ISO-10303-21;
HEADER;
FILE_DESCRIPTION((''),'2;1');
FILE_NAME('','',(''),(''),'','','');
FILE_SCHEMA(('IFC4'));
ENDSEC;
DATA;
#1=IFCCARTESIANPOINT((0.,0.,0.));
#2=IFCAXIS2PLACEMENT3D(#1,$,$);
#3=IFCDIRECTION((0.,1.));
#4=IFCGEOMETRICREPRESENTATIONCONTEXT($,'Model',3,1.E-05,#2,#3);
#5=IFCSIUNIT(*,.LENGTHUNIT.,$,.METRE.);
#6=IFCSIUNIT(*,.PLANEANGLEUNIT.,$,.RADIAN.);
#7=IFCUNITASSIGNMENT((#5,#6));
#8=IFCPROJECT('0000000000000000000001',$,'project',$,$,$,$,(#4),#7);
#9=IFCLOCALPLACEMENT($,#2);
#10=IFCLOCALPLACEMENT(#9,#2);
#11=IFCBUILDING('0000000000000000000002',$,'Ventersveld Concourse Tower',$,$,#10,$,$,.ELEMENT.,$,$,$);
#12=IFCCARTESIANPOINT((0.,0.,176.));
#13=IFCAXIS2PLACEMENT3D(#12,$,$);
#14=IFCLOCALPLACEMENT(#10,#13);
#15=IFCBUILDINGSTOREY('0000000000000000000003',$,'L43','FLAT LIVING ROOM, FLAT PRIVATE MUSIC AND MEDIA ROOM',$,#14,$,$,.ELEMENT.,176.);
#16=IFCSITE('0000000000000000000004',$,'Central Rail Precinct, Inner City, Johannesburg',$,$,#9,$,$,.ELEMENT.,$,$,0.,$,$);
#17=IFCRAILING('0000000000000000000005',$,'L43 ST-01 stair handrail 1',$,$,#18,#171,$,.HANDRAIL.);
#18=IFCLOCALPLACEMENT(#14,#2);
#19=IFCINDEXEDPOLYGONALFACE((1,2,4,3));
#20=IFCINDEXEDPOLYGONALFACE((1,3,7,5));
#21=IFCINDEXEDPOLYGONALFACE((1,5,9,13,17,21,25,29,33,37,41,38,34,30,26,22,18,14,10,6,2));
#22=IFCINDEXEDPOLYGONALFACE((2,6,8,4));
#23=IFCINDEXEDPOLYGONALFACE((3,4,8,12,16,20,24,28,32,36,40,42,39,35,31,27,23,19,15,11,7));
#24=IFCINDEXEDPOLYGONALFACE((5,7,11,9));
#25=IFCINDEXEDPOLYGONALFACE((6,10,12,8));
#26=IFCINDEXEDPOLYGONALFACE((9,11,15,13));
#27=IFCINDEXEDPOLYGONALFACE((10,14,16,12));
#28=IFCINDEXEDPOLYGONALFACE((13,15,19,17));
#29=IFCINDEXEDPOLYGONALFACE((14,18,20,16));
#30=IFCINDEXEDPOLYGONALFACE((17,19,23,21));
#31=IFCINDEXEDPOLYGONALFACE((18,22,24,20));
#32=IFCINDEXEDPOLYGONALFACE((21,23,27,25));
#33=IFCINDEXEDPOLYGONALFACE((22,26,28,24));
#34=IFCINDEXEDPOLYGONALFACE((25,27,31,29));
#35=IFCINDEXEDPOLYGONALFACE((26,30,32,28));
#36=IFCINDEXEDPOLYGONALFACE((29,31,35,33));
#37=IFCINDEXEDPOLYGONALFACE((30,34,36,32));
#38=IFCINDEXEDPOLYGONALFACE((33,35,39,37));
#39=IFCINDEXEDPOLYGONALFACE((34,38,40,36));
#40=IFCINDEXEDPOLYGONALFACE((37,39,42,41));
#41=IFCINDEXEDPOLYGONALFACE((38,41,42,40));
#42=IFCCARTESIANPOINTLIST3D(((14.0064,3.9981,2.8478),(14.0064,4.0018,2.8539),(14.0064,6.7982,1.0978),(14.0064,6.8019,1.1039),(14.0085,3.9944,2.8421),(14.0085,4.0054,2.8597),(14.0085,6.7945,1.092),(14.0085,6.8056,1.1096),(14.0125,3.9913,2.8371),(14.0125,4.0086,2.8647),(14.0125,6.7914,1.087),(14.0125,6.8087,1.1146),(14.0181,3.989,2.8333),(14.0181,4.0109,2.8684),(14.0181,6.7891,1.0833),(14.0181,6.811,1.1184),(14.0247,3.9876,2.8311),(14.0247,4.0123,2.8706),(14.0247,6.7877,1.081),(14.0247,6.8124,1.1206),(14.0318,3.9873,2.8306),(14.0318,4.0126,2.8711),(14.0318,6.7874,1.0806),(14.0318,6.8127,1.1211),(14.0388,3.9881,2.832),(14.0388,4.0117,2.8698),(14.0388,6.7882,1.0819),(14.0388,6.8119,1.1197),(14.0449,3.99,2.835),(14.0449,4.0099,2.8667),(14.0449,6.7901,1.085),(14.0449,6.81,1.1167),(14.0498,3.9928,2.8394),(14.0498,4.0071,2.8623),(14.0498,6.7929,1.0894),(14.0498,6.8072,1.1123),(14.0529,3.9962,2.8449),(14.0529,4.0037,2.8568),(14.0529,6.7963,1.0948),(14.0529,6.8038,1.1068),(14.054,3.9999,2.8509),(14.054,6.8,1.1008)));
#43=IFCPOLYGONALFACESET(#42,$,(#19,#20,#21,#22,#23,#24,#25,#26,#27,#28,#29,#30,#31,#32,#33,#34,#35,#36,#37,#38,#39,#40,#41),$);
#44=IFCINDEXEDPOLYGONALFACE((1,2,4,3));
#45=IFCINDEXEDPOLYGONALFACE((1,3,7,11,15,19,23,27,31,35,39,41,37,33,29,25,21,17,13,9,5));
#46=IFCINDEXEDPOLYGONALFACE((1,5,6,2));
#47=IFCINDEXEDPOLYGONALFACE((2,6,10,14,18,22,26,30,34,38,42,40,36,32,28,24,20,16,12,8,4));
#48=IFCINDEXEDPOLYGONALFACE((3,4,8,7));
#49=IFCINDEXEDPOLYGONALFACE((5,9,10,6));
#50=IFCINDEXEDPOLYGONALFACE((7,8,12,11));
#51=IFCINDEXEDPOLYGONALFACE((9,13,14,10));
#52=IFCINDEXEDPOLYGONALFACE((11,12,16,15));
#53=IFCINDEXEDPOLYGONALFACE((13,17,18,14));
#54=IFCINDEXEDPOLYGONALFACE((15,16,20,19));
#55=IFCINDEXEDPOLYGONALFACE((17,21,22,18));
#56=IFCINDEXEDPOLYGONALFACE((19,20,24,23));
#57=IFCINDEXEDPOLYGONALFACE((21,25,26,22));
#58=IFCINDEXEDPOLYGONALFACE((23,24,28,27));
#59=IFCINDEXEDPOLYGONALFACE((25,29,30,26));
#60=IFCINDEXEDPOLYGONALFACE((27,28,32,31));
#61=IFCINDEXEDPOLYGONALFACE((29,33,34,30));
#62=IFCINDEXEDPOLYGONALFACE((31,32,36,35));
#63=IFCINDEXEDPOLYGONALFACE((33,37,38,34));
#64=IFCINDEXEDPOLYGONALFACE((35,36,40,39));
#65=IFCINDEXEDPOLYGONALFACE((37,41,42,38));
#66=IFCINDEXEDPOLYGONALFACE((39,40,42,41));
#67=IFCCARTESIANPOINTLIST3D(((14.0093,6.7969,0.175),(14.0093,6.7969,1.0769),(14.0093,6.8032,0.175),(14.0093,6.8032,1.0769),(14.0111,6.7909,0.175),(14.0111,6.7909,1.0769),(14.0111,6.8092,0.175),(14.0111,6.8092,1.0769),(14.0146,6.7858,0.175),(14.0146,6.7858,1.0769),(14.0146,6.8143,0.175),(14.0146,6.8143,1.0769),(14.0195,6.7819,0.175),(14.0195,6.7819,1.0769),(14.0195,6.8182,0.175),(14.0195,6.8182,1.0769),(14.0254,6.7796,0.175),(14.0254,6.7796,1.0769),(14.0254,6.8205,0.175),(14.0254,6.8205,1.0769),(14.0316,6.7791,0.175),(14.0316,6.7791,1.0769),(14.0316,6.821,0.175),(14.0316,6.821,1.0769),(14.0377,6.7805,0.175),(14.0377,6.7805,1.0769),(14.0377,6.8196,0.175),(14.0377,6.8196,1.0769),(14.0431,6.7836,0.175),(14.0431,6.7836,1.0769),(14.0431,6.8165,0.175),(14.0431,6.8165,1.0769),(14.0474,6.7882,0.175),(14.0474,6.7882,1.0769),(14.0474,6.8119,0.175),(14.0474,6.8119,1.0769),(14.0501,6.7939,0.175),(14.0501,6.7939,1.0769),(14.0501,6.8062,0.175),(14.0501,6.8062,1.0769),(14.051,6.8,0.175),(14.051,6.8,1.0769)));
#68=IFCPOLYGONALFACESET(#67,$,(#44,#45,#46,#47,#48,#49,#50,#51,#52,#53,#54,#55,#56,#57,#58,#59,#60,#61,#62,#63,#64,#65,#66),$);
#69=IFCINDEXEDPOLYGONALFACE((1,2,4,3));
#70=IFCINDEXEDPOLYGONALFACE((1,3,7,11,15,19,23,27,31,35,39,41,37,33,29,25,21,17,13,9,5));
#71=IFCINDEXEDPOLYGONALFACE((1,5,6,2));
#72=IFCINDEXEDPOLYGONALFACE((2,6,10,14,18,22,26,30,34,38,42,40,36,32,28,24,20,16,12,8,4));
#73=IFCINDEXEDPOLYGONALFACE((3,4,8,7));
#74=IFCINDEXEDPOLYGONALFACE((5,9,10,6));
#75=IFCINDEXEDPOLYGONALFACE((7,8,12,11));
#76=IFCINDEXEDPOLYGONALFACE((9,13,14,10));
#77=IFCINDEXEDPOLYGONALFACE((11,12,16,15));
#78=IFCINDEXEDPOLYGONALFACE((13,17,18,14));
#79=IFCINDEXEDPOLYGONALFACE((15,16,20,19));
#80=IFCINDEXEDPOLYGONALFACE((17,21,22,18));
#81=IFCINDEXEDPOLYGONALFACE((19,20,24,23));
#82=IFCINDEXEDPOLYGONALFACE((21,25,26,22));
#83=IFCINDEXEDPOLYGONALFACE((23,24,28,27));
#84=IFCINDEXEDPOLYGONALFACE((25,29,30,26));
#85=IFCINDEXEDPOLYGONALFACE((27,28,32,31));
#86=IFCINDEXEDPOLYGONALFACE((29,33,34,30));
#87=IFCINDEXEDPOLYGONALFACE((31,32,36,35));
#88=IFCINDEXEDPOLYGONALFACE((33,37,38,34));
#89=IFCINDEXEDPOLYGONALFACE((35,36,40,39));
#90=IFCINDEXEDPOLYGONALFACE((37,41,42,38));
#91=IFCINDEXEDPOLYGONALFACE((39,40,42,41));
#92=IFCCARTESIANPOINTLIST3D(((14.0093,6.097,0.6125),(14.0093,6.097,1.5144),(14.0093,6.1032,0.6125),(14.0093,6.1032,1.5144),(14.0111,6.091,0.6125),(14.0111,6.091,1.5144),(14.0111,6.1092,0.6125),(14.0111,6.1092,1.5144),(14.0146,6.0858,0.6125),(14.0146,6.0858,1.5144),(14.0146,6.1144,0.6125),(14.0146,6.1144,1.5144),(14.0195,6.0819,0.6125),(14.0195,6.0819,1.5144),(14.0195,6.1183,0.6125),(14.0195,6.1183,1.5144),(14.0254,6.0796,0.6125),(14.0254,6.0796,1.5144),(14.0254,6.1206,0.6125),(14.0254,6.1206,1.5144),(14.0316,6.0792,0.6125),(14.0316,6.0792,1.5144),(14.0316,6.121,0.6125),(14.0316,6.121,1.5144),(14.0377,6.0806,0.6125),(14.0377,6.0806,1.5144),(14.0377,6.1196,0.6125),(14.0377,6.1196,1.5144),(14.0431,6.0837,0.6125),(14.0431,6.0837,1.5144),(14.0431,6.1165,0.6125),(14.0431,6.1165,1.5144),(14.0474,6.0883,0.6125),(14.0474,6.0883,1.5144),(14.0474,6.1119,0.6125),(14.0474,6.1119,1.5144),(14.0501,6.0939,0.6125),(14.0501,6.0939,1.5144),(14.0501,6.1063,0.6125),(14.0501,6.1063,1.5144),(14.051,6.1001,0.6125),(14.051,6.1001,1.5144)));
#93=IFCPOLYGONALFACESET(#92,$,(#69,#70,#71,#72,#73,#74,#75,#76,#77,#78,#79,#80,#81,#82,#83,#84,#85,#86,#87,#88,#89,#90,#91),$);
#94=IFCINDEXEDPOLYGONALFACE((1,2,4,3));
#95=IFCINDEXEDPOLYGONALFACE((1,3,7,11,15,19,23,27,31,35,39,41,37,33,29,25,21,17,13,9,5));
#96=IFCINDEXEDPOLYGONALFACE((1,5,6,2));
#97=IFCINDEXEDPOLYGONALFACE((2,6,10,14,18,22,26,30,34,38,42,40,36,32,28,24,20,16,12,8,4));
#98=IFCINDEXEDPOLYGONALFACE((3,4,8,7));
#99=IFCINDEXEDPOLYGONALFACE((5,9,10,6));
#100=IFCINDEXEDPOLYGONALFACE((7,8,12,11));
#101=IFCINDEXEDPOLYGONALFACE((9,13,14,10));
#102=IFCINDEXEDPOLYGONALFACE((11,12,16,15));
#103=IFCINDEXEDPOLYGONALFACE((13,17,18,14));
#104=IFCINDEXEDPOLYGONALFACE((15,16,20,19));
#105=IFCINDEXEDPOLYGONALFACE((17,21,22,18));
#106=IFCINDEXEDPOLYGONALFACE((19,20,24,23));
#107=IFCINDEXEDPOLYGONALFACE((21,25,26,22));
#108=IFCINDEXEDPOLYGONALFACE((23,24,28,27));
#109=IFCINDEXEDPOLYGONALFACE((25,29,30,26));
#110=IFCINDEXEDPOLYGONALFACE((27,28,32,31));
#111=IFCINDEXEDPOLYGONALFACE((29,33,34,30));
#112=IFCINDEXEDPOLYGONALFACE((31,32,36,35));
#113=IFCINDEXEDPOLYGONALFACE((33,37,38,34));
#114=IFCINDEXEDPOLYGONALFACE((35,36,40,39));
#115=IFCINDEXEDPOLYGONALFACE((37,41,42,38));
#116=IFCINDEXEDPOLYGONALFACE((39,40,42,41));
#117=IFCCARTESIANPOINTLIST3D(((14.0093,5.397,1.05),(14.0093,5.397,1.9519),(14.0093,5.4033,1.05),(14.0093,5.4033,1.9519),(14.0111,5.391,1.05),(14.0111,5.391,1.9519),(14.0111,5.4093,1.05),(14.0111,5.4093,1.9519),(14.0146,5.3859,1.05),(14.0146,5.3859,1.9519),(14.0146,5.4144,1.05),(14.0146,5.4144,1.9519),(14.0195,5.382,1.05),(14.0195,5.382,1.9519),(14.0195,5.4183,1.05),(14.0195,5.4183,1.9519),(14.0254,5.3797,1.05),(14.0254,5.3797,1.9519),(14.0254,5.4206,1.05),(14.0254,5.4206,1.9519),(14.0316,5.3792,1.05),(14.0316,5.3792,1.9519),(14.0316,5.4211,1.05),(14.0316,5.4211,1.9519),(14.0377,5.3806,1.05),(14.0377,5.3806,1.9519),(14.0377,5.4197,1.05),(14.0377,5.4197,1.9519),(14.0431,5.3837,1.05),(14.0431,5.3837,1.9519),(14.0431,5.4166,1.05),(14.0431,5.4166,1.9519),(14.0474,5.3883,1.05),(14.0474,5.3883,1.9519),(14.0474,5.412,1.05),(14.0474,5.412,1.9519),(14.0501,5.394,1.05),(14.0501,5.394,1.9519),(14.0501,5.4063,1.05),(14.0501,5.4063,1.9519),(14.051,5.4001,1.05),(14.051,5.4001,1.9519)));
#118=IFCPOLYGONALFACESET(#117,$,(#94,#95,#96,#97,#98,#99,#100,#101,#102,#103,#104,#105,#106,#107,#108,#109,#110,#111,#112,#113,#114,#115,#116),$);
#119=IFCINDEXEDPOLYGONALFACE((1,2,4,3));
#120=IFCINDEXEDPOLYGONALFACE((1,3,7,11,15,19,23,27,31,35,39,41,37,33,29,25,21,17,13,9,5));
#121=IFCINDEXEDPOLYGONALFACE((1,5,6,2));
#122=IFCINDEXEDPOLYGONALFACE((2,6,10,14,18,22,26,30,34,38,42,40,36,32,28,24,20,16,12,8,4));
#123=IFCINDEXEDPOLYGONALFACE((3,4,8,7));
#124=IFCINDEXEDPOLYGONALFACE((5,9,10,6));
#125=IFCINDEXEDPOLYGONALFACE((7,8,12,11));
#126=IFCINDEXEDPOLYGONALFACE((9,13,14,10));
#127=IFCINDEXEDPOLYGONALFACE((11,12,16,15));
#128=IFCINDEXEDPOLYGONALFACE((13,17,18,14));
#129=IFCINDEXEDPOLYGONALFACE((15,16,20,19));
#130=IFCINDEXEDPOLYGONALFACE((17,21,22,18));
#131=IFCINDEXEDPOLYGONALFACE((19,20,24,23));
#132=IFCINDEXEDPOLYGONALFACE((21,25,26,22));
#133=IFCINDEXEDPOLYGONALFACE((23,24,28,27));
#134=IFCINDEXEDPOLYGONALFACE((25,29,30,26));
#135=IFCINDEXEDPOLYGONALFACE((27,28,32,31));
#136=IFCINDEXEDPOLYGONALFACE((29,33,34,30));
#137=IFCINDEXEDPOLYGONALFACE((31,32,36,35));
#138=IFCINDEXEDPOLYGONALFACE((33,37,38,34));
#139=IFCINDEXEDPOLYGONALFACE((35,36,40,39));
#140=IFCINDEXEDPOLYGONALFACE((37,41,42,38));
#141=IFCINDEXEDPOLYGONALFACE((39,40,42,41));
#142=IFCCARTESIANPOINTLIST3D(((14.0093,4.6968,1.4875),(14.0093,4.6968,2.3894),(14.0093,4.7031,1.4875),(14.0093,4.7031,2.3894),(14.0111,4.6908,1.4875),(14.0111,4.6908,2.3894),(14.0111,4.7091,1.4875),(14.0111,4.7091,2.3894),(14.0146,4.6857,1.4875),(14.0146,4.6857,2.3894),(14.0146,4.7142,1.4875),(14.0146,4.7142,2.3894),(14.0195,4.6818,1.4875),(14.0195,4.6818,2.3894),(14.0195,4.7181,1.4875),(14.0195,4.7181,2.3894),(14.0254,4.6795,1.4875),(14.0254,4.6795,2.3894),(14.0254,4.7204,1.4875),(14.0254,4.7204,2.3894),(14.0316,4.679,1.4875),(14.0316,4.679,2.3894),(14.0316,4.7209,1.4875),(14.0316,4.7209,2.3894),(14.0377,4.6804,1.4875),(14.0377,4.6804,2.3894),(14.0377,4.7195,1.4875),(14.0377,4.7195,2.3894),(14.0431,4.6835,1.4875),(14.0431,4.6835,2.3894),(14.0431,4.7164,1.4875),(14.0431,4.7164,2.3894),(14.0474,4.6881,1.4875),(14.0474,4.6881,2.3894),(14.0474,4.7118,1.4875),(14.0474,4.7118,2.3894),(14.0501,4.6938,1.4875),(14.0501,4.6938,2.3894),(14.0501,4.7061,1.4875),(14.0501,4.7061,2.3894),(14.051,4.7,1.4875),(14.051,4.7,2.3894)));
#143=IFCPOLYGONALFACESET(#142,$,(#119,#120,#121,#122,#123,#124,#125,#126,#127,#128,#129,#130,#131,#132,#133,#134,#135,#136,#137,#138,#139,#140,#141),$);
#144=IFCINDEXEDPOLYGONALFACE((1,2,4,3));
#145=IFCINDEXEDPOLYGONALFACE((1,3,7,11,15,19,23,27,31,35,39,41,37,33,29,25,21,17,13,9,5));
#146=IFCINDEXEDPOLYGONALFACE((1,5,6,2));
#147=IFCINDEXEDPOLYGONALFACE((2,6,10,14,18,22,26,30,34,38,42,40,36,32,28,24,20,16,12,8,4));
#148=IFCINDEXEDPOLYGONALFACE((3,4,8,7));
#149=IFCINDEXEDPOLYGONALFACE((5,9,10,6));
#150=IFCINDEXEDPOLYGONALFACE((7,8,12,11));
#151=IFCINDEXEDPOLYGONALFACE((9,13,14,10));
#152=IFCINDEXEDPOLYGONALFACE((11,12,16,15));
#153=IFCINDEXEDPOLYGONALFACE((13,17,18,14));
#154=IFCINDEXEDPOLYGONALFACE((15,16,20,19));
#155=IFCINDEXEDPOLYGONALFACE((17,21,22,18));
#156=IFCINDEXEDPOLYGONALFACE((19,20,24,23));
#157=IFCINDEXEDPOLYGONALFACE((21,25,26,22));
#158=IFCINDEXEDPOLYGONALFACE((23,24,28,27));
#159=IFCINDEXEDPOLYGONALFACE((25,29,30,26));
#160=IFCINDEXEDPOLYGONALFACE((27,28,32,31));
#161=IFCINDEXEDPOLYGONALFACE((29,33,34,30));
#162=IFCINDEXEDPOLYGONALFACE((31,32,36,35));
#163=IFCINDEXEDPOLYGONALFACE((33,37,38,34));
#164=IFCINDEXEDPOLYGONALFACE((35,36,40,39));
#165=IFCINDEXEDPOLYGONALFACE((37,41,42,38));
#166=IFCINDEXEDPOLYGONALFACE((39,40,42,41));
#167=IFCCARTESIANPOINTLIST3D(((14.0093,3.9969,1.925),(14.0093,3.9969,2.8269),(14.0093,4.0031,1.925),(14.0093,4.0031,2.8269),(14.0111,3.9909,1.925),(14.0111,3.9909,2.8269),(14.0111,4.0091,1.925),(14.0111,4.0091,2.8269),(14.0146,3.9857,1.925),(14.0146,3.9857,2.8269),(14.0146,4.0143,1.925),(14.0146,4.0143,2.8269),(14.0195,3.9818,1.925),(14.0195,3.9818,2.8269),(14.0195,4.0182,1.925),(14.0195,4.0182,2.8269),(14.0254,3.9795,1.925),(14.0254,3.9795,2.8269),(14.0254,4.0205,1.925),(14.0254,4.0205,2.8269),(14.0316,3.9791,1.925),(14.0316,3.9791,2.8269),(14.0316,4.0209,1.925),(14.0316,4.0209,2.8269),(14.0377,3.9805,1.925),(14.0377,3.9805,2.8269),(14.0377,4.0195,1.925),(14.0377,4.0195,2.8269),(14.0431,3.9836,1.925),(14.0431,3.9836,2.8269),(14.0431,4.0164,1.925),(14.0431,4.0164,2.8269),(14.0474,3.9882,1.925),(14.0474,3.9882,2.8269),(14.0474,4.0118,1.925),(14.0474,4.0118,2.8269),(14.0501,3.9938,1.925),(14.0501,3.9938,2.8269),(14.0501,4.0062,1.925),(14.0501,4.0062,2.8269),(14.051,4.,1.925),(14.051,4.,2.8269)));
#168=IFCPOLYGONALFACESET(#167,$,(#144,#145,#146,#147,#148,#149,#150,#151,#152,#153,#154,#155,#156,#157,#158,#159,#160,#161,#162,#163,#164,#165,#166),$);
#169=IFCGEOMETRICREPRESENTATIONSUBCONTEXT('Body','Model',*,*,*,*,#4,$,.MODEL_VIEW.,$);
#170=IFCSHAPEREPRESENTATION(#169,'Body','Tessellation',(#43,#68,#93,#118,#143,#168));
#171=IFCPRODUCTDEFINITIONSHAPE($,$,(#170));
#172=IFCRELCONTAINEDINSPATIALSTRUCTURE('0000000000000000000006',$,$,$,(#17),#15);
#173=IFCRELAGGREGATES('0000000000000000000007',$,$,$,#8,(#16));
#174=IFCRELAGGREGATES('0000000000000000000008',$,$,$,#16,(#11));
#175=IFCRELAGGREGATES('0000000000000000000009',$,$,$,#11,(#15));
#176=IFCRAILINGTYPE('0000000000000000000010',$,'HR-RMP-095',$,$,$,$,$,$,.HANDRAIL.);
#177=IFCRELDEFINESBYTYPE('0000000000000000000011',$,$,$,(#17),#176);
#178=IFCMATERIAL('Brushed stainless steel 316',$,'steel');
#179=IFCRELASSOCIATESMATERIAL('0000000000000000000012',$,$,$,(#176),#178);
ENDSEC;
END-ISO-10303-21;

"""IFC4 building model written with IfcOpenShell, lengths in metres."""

from ifc_helpers import new_model, si_unit, direction, frame, origin, origin_2d, place, context, subcontext, project, spatial, circle, extrude, material, type_object, element, save


model = new_model("IFC4")

# Units and contexts
model_context = context("Model", 3, precision=1e-05, world=origin(), true_north=direction((0.0, 1.0)))
body_context = subcontext(model_context, "Body", "Model", "MODEL_VIEW")
ifc_project = project(units=[si_unit("LENGTHUNIT", "METRE"), si_unit("PLANEANGLEUNIT", "RADIAN")], contexts=[model_context])

# Site, building, storey
site_placement = place(None, origin())
site = spatial("IfcSite", under=ifc_project, at=site_placement, Name="Central Rail Precinct, Inner City, Johannesburg", CompositionType="ELEMENT", RefElevation=0.0)
building_placement = place(site_placement, origin())
building = spatial("IfcBuilding", under=site, at=building_placement, Name="Ventersveld Concourse Tower", CompositionType="ELEMENT")
storey_placement = place(building_placement, frame((0.0, 0.0, 176.0)))
storey = spatial("IfcBuildingStorey", under=building, at=storey_placement, Name="L43", Description="FLAT LIVING ROOM, FLAT PRIVATE MUSIC AND MEDIA ROOM", CompositionType="ELEMENT", Elevation=176.0)

# Railing
ifc_material_1 = material(Name="Brushed stainless steel 316", Category="steel")
railing_type = type_object("IfcRailingType", Name="HR-RMP-095", PredefinedType="HANDRAIL", material=ifc_material_1)
railing_placement = place(storey_placement, frame((14.03, 6.8, 0.175)))
element("IfcRailing", 1, at=railing_placement, inside=storey, type_object=railing_type, Name="L43 ST-01 stair handrail 1", PredefinedType="HANDRAIL", context=body_context, shape_type="SweptSolid", body=[
    extrude(circle(Radius=0.0239, at=origin_2d()), frame((0.0, 0.0, 0.9258), z_axis=(0.0, -0.848002, 0.529992), x_axis=(1.0, 0.0, 0.0)), (0.0, 0.0, 1.0), 3.302),
    extrude(circle(Radius=0.021, at=origin_2d()), origin(), (0.0, 0.0, 1.0), 0.9019),
    extrude(circle(Radius=0.021, at=origin_2d()), frame((0.0, -0.7, 0.4375)), (0.0, 0.0, 1.0), 0.9019),
    extrude(circle(Radius=0.021, at=origin_2d()), frame((0.0, -1.3999, 0.875)), (0.0, 0.0, 1.0), 0.9019),
    extrude(circle(Radius=0.021, at=origin_2d()), frame((0.0, -2.1001, 1.3125)), (0.0, 0.0, 1.0), 0.9019),
    extrude(circle(Radius=0.021, at=origin_2d()), frame((0.0, -2.8, 1.75)), (0.0, 0.0, 1.0), 0.9019),
])

save(model, "model.ifc")
